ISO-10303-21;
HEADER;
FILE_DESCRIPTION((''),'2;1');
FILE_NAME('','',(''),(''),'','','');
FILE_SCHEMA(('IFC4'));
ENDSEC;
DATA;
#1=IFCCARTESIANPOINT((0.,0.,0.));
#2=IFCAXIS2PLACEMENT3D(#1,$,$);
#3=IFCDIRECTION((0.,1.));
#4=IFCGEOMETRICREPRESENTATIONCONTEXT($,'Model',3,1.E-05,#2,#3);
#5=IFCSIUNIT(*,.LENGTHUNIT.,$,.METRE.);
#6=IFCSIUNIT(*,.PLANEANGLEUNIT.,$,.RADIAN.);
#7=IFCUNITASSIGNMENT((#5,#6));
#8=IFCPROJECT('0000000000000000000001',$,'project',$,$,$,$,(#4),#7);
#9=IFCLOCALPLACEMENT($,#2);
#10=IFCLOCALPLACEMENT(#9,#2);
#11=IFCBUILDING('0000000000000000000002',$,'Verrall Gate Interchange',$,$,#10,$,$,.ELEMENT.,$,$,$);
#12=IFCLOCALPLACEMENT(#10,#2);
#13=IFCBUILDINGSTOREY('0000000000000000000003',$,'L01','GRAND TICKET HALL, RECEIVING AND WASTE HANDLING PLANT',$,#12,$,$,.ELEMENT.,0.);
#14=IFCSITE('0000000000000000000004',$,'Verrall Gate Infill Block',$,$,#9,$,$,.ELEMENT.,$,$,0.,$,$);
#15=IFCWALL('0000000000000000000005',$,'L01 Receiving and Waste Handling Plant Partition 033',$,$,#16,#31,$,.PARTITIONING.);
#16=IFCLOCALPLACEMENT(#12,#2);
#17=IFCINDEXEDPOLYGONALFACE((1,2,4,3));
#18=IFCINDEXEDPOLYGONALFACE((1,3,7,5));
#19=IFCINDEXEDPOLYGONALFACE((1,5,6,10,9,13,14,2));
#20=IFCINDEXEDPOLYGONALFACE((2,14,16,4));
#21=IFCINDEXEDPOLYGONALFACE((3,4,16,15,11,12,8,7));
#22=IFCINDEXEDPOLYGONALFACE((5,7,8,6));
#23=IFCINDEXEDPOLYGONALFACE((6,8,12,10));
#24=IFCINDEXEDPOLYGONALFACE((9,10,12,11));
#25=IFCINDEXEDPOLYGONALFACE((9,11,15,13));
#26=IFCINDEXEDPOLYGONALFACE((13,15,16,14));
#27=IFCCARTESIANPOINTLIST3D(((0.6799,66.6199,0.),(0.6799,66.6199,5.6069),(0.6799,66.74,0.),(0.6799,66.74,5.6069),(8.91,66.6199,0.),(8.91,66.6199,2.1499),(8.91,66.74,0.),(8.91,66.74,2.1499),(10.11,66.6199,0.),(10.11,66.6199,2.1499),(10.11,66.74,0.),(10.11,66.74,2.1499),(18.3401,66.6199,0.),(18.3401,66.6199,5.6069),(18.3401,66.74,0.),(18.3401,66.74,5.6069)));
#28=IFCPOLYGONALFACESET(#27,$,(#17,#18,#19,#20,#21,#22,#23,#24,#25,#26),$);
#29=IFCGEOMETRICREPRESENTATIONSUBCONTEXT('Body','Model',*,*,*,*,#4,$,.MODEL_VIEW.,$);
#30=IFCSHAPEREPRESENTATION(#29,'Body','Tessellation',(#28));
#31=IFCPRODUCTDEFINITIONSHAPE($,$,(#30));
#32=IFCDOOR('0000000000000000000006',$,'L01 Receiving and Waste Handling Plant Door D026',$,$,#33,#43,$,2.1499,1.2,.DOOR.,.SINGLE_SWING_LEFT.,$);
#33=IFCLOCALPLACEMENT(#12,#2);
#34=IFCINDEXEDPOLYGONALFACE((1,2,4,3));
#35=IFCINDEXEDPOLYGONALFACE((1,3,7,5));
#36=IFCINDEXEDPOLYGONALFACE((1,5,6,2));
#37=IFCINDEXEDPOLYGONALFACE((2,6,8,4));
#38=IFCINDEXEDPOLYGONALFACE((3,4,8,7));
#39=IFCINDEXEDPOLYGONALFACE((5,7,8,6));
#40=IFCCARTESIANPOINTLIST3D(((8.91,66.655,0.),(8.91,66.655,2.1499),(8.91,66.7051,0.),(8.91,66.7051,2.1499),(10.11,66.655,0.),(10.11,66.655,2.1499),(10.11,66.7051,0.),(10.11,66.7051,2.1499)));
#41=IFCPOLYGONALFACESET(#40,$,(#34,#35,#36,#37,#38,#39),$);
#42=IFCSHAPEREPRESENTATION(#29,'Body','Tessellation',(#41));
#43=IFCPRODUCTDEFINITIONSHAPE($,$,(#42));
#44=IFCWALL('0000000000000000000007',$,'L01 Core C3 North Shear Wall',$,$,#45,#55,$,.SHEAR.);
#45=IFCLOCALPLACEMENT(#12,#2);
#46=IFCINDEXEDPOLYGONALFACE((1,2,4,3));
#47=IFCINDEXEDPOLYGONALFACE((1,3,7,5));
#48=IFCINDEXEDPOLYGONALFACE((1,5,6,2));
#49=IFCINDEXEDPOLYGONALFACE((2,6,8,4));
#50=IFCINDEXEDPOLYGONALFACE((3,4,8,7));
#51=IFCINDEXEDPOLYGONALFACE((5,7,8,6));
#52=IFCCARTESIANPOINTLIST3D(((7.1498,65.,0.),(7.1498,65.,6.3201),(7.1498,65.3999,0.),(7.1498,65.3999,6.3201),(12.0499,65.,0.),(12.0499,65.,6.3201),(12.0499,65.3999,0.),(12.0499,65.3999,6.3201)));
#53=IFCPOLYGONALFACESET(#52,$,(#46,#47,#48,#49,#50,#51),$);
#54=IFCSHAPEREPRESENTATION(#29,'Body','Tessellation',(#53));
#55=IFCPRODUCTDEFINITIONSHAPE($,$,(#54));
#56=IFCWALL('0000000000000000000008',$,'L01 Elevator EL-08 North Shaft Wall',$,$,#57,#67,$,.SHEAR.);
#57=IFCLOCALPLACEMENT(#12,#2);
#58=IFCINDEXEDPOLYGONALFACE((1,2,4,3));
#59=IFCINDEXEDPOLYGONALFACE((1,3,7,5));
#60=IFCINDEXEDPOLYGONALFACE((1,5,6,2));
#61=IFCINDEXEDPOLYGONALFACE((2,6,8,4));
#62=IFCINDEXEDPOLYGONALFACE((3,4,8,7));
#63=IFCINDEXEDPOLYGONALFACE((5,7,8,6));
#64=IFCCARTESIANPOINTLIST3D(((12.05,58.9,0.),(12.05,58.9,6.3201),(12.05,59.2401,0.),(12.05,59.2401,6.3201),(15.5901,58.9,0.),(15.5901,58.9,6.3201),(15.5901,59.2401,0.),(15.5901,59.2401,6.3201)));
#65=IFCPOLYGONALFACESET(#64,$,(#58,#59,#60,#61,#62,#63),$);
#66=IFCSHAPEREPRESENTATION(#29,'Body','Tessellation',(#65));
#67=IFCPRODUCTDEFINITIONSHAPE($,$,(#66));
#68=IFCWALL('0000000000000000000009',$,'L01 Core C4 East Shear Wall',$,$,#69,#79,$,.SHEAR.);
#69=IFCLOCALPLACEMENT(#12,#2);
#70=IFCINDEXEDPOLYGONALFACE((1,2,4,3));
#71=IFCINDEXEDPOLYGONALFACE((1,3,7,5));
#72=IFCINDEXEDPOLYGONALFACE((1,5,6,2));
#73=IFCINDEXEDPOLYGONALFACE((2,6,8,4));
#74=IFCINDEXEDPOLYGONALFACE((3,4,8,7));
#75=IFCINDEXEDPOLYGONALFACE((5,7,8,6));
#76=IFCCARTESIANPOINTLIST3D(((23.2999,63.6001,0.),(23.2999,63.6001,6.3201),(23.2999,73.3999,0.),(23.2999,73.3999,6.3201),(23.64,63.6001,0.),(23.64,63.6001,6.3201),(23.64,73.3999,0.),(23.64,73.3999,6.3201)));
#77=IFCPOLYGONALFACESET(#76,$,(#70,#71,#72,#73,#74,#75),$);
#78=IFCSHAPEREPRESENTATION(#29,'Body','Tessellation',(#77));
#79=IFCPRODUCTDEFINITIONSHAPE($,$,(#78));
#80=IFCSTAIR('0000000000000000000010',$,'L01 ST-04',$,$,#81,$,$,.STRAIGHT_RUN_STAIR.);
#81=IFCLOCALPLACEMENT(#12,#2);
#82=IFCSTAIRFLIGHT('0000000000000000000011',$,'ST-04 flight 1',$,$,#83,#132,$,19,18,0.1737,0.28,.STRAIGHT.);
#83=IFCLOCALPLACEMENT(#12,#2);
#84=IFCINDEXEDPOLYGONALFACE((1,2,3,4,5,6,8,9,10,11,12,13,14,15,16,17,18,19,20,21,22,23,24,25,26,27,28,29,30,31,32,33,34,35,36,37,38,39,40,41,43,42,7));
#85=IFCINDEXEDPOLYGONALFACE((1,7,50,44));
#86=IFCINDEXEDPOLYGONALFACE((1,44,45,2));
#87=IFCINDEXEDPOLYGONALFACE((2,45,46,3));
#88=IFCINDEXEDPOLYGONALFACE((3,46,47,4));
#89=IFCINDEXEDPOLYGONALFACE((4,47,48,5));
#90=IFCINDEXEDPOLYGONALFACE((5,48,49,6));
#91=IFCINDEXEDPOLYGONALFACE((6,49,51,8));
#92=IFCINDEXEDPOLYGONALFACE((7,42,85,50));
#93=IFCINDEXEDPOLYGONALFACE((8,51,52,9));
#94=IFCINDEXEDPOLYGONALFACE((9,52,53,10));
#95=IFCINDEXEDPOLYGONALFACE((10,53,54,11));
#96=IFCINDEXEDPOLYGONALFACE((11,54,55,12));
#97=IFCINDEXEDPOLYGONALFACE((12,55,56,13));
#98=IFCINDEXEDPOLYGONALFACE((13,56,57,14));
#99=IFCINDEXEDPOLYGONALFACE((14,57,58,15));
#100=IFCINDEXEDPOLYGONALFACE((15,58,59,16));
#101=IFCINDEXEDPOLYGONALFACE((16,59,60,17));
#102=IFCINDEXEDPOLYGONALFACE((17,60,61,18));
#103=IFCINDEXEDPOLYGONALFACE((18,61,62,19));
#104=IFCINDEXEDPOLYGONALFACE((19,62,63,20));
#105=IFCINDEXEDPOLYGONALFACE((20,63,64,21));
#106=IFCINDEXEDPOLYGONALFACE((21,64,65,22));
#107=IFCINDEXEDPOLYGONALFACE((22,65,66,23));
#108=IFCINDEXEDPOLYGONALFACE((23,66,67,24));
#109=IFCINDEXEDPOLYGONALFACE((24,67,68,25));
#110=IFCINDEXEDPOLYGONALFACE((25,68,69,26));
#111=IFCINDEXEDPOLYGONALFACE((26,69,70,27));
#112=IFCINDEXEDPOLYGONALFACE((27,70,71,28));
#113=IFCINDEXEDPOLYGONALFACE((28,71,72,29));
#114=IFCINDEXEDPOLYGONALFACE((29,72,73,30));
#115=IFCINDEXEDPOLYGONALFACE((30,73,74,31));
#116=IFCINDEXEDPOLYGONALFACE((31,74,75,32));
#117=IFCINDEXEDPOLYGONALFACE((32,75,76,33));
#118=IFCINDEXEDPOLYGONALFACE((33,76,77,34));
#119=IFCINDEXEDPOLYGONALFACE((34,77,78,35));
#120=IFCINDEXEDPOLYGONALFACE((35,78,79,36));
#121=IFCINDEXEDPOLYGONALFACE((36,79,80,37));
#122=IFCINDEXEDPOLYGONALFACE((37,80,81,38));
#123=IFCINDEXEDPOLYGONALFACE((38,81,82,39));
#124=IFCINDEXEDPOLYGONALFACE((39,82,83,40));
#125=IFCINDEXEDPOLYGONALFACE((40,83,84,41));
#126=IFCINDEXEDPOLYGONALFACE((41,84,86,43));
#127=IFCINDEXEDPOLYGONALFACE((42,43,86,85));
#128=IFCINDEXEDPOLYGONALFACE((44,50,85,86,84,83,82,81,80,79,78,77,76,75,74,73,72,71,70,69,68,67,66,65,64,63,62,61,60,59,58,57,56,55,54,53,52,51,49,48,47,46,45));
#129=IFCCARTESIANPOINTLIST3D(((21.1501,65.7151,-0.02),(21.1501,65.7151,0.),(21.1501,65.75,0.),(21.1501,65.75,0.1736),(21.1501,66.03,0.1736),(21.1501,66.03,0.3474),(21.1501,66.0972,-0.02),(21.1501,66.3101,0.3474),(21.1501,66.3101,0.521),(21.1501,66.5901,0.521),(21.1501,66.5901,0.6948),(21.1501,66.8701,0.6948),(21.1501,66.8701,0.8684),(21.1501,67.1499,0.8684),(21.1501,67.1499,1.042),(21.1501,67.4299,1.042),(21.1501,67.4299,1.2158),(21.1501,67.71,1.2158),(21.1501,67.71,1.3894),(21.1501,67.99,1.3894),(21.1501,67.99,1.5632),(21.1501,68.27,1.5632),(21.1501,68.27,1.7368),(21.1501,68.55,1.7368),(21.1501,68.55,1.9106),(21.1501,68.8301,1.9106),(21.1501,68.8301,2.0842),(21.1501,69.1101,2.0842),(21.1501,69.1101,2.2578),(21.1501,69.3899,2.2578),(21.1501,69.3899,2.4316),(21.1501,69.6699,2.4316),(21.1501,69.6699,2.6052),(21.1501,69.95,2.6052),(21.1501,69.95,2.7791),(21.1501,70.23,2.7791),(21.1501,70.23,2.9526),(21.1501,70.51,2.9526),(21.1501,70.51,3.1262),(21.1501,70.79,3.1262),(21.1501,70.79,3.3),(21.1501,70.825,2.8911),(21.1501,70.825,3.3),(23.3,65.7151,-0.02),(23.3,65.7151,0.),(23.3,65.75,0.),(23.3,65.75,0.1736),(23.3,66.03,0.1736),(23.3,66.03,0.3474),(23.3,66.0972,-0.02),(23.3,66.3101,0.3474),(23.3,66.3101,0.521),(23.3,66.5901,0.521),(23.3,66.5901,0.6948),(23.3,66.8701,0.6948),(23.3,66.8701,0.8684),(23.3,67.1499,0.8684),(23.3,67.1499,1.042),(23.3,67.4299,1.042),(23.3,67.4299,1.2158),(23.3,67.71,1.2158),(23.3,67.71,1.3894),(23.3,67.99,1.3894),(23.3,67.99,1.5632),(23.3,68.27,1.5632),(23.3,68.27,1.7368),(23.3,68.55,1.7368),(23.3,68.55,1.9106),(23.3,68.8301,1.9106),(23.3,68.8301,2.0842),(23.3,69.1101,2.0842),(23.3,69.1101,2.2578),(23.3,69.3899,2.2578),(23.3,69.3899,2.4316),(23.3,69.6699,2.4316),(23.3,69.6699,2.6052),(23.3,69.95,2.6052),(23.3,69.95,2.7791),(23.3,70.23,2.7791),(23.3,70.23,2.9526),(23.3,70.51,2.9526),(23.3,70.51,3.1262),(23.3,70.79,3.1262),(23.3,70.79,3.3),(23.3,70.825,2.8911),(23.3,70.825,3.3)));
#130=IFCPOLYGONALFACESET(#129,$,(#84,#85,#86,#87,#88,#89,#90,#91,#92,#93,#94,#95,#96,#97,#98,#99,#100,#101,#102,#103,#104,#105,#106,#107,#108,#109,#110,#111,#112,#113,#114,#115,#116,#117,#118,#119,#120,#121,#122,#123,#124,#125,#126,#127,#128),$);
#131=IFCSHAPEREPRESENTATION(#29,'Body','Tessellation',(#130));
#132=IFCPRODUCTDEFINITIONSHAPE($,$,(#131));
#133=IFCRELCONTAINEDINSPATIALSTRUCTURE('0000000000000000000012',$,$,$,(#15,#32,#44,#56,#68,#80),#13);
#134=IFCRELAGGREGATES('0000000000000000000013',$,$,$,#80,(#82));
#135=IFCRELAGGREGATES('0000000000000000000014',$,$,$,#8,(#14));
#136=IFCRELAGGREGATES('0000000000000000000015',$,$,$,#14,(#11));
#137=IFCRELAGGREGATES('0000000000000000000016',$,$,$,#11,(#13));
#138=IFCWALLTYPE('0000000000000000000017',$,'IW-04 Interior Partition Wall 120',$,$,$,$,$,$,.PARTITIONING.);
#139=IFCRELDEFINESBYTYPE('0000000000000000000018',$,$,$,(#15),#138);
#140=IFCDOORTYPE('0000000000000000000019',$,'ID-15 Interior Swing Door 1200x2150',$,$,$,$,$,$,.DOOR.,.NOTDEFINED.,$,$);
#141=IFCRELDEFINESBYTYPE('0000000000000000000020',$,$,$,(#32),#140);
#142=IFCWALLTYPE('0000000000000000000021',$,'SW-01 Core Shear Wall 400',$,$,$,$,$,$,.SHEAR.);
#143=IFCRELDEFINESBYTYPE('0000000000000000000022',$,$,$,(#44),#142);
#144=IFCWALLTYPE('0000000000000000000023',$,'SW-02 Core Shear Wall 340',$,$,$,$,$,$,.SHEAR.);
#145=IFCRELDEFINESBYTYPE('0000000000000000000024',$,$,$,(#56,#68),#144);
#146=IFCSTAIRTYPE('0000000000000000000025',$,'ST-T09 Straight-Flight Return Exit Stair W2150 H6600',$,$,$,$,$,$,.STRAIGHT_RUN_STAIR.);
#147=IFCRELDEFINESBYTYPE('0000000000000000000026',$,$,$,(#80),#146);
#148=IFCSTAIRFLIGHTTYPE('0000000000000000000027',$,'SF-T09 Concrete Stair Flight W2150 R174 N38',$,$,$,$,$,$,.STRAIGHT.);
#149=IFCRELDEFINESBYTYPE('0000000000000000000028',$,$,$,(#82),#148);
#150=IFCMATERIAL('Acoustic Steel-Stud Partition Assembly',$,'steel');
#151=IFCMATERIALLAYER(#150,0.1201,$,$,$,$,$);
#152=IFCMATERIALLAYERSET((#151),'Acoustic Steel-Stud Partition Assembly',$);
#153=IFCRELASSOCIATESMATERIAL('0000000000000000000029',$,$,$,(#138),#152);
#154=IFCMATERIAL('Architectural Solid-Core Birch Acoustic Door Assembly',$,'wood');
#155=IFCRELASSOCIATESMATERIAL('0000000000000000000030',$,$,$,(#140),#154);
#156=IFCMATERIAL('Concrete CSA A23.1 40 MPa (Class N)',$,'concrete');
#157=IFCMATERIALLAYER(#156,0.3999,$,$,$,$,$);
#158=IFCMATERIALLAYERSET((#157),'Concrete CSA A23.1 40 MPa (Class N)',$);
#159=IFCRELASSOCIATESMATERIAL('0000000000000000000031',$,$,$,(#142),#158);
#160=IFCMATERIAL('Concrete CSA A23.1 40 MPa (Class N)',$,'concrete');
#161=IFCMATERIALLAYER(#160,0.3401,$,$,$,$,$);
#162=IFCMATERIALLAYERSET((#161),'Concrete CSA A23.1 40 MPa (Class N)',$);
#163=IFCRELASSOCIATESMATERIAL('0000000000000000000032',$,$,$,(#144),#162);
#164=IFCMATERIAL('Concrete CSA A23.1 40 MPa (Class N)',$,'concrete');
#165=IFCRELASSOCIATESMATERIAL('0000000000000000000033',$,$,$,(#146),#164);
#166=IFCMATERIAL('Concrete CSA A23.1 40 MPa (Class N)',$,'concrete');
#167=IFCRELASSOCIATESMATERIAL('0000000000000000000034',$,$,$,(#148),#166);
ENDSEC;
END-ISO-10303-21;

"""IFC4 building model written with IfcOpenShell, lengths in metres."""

from ifc_helpers import new_model, si_unit, direction, frame, frame_2d, origin, place, context, subcontext, project, spatial, polyline, rectangle, outline, extrude, material, layer, layer_set, type_object, element, fill, aggregate, save


model = new_model("IFC4")

# Units and contexts
model_context = context("Model", 3, precision=1e-05, world=origin(), true_north=direction((0.0, 1.0)))
body_context = subcontext(model_context, "Body", "Model", "MODEL_VIEW")
ifc_project = project(units=[si_unit("LENGTHUNIT", "METRE"), si_unit("PLANEANGLEUNIT", "RADIAN")], contexts=[model_context])

# Site, building, storey
site_placement = place(None, origin())
site = spatial("IfcSite", under=ifc_project, at=site_placement, Name="Verrall Gate Infill Block", CompositionType="ELEMENT", RefElevation=0.0)
building_placement = place(site_placement, origin())
building = spatial("IfcBuilding", under=site, at=building_placement, Name="Verrall Gate Interchange", CompositionType="ELEMENT")
storey_placement = place(building_placement, origin())
storey = spatial("IfcBuildingStorey", under=building, at=storey_placement, Name="L01", Description="GRAND TICKET HALL, RECEIVING AND WASTE HANDLING PLANT", CompositionType="ELEMENT", Elevation=0.0)

# Wall, opening, door
ifc_material_1 = material(Name="Acoustic Steel-Stud Partition Assembly", Category="steel")
ifc_layer_1 = layer(ifc_material_1, 0.1201)
ifc_layer_set_1 = layer_set([ifc_layer_1], Name="Acoustic Steel-Stud Partition Assembly")
wall_type_1 = type_object("IfcWallType", Name="IW-04 Interior Partition Wall 120", PredefinedType="PARTITIONING", material=ifc_layer_set_1)
wall_1_placement = place(storey_placement, frame((18.3401, 66.6799, 0.0), z_axis=(0.0, 0.0, 1.0), x_axis=(-1.0, 0.0, 0.0)))
wall_1 = element("IfcWall", 1, at=wall_1_placement, inside=storey, type_object=wall_type_1, Name="L01 Receiving and Waste Handling Plant Partition 033", PredefinedType="PARTITIONING", context=body_context, shape_type="SweptSolid", body=[
    extrude(rectangle(XDim=17.6602, YDim=0.1201, at=frame_2d((8.8301, 0.0))), origin(), (0.0, 0.0, 1.0), 5.6069),
])
opening_1_placement = place(wall_1_placement, frame((8.23, 0.0, 0.0)))
opening_1 = element("IfcOpeningElement", 2, at=opening_1_placement, cuts=wall_1, PredefinedType="OPENING", context=body_context, shape_type="SweptSolid", body=[
    extrude(rectangle(XDim=1.2, YDim=2.1499, at=frame_2d((0.6001, 1.075))), frame((0.0, 0.075, 0.0), z_axis=(0.0, -1.0, 0.0), x_axis=(1.0, 0.0, 0.0)), (0.0, 0.0, 1.0), 0.1499),
])
ifc_material_2 = material(Name="Architectural Solid-Core Birch Acoustic Door Assembly", Category="wood")
door_type_1 = type_object("IfcDoorType", Name="ID-15 Interior Swing Door 1200x2150", OperationType="NOTDEFINED", PredefinedType="DOOR", material=ifc_material_2)
door_1_placement = place(opening_1_placement, origin())
door_1 = element("IfcDoor", 3, at=door_1_placement, inside=storey, type_object=door_type_1, Name="L01 Receiving and Waste Handling Plant Door D026", OperationType="SINGLE_SWING_LEFT", OverallHeight=2.1499, OverallWidth=1.2, PredefinedType="DOOR", context=body_context, shape_type="SweptSolid", body=[
    extrude(rectangle(XDim=1.2, YDim=2.1499, at=frame_2d((0.6001, 1.075))), frame((0.0, 0.0249, 0.0), z_axis=(0.0, -1.0, 0.0), x_axis=(1.0, 0.0, 0.0)), (0.0, 0.0, 1.0), 0.05),
])
fill(opening_1, door_1)

# Walls
ifc_material_3 = material(Name="Concrete CSA A23.1 40 MPa (Class N)", Category="concrete")
ifc_layer_2 = layer(ifc_material_3, 0.3999)
ifc_layer_set_2 = layer_set([ifc_layer_2], Name="Concrete CSA A23.1 40 MPa (Class N)")
wall_type_2 = type_object("IfcWallType", Name="SW-01 Core Shear Wall 400", PredefinedType="SHEAR", material=ifc_layer_set_2)
wall_2_placement = place(storey_placement, frame((12.05, 65.2, 0.0), z_axis=(0.0, 0.0, 1.0), x_axis=(-1.0, 0.0, 0.0)))
element("IfcWall", 4, at=wall_2_placement, inside=storey, type_object=wall_type_2, Name="L01 Core C3 North Shear Wall", PredefinedType="SHEAR", context=body_context, shape_type="SweptSolid", body=[
    extrude(rectangle(XDim=4.9001, YDim=0.3999, at=frame_2d((2.4502, 0.0))), origin(), (0.0, 0.0, 1.0), 6.3201),
])
ifc_material_4 = material(Name="Concrete CSA A23.1 40 MPa (Class N)", Category="concrete")
ifc_layer_3 = layer(ifc_material_4, 0.3401)
ifc_layer_set_3 = layer_set([ifc_layer_3], Name="Concrete CSA A23.1 40 MPa (Class N)")
wall_type_3 = type_object("IfcWallType", Name="SW-02 Core Shear Wall 340", PredefinedType="SHEAR", material=ifc_layer_set_3)
wall_3_placement = place(storey_placement, frame((15.5901, 59.0701, 0.0), z_axis=(0.0, 0.0, 1.0), x_axis=(-1.0, 0.0, 0.0)))
element("IfcWall", 5, at=wall_3_placement, inside=storey, type_object=wall_type_3, Name="L01 Elevator EL-08 North Shaft Wall", PredefinedType="SHEAR", context=body_context, shape_type="SweptSolid", body=[
    extrude(rectangle(XDim=3.54, YDim=0.3401, at=frame_2d((1.77, 0.0))), origin(), (0.0, 0.0, 1.0), 6.3201),
])

# Wall
wall_4_placement = place(storey_placement, frame((23.47, 63.6001, 0.0), z_axis=(0.0, 0.0, 1.0), x_axis=(0.0, 1.0, 0.0)))
element("IfcWall", 6, at=wall_4_placement, inside=storey, type_object=wall_type_3, Name="L01 Core C4 East Shear Wall", PredefinedType="SHEAR", context=body_context, shape_type="SweptSolid", body=[
    extrude(rectangle(XDim=9.7998, YDim=0.3401, at=frame_2d((4.8999, 0.0))), origin(), (0.0, 0.0, 1.0), 6.3201),
])

# Stair, stair flight
ifc_material_5 = material(Name="Concrete CSA A23.1 40 MPa (Class N)", Category="concrete")
stair_type = type_object("IfcStairType", Name="ST-T09 Straight-Flight Return Exit Stair W2150 H6600", PredefinedType="STRAIGHT_RUN_STAIR", material=ifc_material_5)
stair_placement = place(storey_placement, origin())
stair = element("IfcStair", 7, at=stair_placement, inside=storey, type_object=stair_type, Name="L01 ST-04", PredefinedType="STRAIGHT_RUN_STAIR")
ifc_material_6 = material(Name="Concrete CSA A23.1 40 MPa (Class N)", Category="concrete")
stair_flight_type = type_object("IfcStairFlightType", Name="SF-T09 Concrete Stair Flight W2150 R174 N38", PredefinedType="STRAIGHT", material=ifc_material_6)
stair_flight_placement = place(storey_placement, frame((22.2251, 65.75, 0.0), z_axis=(0.0, 0.0, 1.0), x_axis=(0.0, 1.0, 0.0)))
stair_flight = element("IfcStairFlight", 8, at=stair_flight_placement, type_object=stair_flight_type, Name="ST-04 flight 1", NumberOfRisers=19, NumberOfTreads=18, PredefinedType="STRAIGHT", RiserHeight=0.1737, TreadLength=0.28, context=body_context, shape_type="SweptSolid", body=[
    extrude(outline(polyline([(-0.0349, -0.02), (-0.0349, 0.0), (0.0, 0.0), (0.0, 0.1736), (0.28, 0.1736), (0.28, 0.3474), (0.5601, 0.3474), (0.5601, 0.521), (0.8401, 0.521), (0.8401, 0.6948), (1.1201, 0.6948), (1.1201, 0.8684), (1.3999, 0.8684), (1.3999, 1.042), (1.6799, 1.042), (1.6799, 1.2158), (1.96, 1.2158), (1.96, 1.3894), (2.24, 1.3894), (2.24, 1.5632), (2.52, 1.5632), (2.52, 1.7368), (2.8, 1.7368), (2.8, 1.9106), (3.0801, 1.9106), (3.0801, 2.0842), (3.3601, 2.0842), (3.3601, 2.2578), (3.6399, 2.2578), (3.6399, 2.4316), (3.9199, 2.4316), (3.9199, 2.6052), (4.2, 2.6052), (4.2, 2.7791), (4.48, 2.7791), (4.48, 2.9526), (4.76, 2.9526), (4.76, 3.1262), (5.04, 3.1262), (5.04, 3.3), (5.075, 3.3), (5.075, 2.8911), (0.3472, -0.02), (-0.0349, -0.02)])), frame((0.0, 1.075, 0.0), z_axis=(0.0, -1.0, 0.0), x_axis=(1.0, 0.0, 0.0)), (0.0, 0.0, 1.0), 2.1499),
])
aggregate(stair, [stair_flight])

save(model, "model.ifc")
